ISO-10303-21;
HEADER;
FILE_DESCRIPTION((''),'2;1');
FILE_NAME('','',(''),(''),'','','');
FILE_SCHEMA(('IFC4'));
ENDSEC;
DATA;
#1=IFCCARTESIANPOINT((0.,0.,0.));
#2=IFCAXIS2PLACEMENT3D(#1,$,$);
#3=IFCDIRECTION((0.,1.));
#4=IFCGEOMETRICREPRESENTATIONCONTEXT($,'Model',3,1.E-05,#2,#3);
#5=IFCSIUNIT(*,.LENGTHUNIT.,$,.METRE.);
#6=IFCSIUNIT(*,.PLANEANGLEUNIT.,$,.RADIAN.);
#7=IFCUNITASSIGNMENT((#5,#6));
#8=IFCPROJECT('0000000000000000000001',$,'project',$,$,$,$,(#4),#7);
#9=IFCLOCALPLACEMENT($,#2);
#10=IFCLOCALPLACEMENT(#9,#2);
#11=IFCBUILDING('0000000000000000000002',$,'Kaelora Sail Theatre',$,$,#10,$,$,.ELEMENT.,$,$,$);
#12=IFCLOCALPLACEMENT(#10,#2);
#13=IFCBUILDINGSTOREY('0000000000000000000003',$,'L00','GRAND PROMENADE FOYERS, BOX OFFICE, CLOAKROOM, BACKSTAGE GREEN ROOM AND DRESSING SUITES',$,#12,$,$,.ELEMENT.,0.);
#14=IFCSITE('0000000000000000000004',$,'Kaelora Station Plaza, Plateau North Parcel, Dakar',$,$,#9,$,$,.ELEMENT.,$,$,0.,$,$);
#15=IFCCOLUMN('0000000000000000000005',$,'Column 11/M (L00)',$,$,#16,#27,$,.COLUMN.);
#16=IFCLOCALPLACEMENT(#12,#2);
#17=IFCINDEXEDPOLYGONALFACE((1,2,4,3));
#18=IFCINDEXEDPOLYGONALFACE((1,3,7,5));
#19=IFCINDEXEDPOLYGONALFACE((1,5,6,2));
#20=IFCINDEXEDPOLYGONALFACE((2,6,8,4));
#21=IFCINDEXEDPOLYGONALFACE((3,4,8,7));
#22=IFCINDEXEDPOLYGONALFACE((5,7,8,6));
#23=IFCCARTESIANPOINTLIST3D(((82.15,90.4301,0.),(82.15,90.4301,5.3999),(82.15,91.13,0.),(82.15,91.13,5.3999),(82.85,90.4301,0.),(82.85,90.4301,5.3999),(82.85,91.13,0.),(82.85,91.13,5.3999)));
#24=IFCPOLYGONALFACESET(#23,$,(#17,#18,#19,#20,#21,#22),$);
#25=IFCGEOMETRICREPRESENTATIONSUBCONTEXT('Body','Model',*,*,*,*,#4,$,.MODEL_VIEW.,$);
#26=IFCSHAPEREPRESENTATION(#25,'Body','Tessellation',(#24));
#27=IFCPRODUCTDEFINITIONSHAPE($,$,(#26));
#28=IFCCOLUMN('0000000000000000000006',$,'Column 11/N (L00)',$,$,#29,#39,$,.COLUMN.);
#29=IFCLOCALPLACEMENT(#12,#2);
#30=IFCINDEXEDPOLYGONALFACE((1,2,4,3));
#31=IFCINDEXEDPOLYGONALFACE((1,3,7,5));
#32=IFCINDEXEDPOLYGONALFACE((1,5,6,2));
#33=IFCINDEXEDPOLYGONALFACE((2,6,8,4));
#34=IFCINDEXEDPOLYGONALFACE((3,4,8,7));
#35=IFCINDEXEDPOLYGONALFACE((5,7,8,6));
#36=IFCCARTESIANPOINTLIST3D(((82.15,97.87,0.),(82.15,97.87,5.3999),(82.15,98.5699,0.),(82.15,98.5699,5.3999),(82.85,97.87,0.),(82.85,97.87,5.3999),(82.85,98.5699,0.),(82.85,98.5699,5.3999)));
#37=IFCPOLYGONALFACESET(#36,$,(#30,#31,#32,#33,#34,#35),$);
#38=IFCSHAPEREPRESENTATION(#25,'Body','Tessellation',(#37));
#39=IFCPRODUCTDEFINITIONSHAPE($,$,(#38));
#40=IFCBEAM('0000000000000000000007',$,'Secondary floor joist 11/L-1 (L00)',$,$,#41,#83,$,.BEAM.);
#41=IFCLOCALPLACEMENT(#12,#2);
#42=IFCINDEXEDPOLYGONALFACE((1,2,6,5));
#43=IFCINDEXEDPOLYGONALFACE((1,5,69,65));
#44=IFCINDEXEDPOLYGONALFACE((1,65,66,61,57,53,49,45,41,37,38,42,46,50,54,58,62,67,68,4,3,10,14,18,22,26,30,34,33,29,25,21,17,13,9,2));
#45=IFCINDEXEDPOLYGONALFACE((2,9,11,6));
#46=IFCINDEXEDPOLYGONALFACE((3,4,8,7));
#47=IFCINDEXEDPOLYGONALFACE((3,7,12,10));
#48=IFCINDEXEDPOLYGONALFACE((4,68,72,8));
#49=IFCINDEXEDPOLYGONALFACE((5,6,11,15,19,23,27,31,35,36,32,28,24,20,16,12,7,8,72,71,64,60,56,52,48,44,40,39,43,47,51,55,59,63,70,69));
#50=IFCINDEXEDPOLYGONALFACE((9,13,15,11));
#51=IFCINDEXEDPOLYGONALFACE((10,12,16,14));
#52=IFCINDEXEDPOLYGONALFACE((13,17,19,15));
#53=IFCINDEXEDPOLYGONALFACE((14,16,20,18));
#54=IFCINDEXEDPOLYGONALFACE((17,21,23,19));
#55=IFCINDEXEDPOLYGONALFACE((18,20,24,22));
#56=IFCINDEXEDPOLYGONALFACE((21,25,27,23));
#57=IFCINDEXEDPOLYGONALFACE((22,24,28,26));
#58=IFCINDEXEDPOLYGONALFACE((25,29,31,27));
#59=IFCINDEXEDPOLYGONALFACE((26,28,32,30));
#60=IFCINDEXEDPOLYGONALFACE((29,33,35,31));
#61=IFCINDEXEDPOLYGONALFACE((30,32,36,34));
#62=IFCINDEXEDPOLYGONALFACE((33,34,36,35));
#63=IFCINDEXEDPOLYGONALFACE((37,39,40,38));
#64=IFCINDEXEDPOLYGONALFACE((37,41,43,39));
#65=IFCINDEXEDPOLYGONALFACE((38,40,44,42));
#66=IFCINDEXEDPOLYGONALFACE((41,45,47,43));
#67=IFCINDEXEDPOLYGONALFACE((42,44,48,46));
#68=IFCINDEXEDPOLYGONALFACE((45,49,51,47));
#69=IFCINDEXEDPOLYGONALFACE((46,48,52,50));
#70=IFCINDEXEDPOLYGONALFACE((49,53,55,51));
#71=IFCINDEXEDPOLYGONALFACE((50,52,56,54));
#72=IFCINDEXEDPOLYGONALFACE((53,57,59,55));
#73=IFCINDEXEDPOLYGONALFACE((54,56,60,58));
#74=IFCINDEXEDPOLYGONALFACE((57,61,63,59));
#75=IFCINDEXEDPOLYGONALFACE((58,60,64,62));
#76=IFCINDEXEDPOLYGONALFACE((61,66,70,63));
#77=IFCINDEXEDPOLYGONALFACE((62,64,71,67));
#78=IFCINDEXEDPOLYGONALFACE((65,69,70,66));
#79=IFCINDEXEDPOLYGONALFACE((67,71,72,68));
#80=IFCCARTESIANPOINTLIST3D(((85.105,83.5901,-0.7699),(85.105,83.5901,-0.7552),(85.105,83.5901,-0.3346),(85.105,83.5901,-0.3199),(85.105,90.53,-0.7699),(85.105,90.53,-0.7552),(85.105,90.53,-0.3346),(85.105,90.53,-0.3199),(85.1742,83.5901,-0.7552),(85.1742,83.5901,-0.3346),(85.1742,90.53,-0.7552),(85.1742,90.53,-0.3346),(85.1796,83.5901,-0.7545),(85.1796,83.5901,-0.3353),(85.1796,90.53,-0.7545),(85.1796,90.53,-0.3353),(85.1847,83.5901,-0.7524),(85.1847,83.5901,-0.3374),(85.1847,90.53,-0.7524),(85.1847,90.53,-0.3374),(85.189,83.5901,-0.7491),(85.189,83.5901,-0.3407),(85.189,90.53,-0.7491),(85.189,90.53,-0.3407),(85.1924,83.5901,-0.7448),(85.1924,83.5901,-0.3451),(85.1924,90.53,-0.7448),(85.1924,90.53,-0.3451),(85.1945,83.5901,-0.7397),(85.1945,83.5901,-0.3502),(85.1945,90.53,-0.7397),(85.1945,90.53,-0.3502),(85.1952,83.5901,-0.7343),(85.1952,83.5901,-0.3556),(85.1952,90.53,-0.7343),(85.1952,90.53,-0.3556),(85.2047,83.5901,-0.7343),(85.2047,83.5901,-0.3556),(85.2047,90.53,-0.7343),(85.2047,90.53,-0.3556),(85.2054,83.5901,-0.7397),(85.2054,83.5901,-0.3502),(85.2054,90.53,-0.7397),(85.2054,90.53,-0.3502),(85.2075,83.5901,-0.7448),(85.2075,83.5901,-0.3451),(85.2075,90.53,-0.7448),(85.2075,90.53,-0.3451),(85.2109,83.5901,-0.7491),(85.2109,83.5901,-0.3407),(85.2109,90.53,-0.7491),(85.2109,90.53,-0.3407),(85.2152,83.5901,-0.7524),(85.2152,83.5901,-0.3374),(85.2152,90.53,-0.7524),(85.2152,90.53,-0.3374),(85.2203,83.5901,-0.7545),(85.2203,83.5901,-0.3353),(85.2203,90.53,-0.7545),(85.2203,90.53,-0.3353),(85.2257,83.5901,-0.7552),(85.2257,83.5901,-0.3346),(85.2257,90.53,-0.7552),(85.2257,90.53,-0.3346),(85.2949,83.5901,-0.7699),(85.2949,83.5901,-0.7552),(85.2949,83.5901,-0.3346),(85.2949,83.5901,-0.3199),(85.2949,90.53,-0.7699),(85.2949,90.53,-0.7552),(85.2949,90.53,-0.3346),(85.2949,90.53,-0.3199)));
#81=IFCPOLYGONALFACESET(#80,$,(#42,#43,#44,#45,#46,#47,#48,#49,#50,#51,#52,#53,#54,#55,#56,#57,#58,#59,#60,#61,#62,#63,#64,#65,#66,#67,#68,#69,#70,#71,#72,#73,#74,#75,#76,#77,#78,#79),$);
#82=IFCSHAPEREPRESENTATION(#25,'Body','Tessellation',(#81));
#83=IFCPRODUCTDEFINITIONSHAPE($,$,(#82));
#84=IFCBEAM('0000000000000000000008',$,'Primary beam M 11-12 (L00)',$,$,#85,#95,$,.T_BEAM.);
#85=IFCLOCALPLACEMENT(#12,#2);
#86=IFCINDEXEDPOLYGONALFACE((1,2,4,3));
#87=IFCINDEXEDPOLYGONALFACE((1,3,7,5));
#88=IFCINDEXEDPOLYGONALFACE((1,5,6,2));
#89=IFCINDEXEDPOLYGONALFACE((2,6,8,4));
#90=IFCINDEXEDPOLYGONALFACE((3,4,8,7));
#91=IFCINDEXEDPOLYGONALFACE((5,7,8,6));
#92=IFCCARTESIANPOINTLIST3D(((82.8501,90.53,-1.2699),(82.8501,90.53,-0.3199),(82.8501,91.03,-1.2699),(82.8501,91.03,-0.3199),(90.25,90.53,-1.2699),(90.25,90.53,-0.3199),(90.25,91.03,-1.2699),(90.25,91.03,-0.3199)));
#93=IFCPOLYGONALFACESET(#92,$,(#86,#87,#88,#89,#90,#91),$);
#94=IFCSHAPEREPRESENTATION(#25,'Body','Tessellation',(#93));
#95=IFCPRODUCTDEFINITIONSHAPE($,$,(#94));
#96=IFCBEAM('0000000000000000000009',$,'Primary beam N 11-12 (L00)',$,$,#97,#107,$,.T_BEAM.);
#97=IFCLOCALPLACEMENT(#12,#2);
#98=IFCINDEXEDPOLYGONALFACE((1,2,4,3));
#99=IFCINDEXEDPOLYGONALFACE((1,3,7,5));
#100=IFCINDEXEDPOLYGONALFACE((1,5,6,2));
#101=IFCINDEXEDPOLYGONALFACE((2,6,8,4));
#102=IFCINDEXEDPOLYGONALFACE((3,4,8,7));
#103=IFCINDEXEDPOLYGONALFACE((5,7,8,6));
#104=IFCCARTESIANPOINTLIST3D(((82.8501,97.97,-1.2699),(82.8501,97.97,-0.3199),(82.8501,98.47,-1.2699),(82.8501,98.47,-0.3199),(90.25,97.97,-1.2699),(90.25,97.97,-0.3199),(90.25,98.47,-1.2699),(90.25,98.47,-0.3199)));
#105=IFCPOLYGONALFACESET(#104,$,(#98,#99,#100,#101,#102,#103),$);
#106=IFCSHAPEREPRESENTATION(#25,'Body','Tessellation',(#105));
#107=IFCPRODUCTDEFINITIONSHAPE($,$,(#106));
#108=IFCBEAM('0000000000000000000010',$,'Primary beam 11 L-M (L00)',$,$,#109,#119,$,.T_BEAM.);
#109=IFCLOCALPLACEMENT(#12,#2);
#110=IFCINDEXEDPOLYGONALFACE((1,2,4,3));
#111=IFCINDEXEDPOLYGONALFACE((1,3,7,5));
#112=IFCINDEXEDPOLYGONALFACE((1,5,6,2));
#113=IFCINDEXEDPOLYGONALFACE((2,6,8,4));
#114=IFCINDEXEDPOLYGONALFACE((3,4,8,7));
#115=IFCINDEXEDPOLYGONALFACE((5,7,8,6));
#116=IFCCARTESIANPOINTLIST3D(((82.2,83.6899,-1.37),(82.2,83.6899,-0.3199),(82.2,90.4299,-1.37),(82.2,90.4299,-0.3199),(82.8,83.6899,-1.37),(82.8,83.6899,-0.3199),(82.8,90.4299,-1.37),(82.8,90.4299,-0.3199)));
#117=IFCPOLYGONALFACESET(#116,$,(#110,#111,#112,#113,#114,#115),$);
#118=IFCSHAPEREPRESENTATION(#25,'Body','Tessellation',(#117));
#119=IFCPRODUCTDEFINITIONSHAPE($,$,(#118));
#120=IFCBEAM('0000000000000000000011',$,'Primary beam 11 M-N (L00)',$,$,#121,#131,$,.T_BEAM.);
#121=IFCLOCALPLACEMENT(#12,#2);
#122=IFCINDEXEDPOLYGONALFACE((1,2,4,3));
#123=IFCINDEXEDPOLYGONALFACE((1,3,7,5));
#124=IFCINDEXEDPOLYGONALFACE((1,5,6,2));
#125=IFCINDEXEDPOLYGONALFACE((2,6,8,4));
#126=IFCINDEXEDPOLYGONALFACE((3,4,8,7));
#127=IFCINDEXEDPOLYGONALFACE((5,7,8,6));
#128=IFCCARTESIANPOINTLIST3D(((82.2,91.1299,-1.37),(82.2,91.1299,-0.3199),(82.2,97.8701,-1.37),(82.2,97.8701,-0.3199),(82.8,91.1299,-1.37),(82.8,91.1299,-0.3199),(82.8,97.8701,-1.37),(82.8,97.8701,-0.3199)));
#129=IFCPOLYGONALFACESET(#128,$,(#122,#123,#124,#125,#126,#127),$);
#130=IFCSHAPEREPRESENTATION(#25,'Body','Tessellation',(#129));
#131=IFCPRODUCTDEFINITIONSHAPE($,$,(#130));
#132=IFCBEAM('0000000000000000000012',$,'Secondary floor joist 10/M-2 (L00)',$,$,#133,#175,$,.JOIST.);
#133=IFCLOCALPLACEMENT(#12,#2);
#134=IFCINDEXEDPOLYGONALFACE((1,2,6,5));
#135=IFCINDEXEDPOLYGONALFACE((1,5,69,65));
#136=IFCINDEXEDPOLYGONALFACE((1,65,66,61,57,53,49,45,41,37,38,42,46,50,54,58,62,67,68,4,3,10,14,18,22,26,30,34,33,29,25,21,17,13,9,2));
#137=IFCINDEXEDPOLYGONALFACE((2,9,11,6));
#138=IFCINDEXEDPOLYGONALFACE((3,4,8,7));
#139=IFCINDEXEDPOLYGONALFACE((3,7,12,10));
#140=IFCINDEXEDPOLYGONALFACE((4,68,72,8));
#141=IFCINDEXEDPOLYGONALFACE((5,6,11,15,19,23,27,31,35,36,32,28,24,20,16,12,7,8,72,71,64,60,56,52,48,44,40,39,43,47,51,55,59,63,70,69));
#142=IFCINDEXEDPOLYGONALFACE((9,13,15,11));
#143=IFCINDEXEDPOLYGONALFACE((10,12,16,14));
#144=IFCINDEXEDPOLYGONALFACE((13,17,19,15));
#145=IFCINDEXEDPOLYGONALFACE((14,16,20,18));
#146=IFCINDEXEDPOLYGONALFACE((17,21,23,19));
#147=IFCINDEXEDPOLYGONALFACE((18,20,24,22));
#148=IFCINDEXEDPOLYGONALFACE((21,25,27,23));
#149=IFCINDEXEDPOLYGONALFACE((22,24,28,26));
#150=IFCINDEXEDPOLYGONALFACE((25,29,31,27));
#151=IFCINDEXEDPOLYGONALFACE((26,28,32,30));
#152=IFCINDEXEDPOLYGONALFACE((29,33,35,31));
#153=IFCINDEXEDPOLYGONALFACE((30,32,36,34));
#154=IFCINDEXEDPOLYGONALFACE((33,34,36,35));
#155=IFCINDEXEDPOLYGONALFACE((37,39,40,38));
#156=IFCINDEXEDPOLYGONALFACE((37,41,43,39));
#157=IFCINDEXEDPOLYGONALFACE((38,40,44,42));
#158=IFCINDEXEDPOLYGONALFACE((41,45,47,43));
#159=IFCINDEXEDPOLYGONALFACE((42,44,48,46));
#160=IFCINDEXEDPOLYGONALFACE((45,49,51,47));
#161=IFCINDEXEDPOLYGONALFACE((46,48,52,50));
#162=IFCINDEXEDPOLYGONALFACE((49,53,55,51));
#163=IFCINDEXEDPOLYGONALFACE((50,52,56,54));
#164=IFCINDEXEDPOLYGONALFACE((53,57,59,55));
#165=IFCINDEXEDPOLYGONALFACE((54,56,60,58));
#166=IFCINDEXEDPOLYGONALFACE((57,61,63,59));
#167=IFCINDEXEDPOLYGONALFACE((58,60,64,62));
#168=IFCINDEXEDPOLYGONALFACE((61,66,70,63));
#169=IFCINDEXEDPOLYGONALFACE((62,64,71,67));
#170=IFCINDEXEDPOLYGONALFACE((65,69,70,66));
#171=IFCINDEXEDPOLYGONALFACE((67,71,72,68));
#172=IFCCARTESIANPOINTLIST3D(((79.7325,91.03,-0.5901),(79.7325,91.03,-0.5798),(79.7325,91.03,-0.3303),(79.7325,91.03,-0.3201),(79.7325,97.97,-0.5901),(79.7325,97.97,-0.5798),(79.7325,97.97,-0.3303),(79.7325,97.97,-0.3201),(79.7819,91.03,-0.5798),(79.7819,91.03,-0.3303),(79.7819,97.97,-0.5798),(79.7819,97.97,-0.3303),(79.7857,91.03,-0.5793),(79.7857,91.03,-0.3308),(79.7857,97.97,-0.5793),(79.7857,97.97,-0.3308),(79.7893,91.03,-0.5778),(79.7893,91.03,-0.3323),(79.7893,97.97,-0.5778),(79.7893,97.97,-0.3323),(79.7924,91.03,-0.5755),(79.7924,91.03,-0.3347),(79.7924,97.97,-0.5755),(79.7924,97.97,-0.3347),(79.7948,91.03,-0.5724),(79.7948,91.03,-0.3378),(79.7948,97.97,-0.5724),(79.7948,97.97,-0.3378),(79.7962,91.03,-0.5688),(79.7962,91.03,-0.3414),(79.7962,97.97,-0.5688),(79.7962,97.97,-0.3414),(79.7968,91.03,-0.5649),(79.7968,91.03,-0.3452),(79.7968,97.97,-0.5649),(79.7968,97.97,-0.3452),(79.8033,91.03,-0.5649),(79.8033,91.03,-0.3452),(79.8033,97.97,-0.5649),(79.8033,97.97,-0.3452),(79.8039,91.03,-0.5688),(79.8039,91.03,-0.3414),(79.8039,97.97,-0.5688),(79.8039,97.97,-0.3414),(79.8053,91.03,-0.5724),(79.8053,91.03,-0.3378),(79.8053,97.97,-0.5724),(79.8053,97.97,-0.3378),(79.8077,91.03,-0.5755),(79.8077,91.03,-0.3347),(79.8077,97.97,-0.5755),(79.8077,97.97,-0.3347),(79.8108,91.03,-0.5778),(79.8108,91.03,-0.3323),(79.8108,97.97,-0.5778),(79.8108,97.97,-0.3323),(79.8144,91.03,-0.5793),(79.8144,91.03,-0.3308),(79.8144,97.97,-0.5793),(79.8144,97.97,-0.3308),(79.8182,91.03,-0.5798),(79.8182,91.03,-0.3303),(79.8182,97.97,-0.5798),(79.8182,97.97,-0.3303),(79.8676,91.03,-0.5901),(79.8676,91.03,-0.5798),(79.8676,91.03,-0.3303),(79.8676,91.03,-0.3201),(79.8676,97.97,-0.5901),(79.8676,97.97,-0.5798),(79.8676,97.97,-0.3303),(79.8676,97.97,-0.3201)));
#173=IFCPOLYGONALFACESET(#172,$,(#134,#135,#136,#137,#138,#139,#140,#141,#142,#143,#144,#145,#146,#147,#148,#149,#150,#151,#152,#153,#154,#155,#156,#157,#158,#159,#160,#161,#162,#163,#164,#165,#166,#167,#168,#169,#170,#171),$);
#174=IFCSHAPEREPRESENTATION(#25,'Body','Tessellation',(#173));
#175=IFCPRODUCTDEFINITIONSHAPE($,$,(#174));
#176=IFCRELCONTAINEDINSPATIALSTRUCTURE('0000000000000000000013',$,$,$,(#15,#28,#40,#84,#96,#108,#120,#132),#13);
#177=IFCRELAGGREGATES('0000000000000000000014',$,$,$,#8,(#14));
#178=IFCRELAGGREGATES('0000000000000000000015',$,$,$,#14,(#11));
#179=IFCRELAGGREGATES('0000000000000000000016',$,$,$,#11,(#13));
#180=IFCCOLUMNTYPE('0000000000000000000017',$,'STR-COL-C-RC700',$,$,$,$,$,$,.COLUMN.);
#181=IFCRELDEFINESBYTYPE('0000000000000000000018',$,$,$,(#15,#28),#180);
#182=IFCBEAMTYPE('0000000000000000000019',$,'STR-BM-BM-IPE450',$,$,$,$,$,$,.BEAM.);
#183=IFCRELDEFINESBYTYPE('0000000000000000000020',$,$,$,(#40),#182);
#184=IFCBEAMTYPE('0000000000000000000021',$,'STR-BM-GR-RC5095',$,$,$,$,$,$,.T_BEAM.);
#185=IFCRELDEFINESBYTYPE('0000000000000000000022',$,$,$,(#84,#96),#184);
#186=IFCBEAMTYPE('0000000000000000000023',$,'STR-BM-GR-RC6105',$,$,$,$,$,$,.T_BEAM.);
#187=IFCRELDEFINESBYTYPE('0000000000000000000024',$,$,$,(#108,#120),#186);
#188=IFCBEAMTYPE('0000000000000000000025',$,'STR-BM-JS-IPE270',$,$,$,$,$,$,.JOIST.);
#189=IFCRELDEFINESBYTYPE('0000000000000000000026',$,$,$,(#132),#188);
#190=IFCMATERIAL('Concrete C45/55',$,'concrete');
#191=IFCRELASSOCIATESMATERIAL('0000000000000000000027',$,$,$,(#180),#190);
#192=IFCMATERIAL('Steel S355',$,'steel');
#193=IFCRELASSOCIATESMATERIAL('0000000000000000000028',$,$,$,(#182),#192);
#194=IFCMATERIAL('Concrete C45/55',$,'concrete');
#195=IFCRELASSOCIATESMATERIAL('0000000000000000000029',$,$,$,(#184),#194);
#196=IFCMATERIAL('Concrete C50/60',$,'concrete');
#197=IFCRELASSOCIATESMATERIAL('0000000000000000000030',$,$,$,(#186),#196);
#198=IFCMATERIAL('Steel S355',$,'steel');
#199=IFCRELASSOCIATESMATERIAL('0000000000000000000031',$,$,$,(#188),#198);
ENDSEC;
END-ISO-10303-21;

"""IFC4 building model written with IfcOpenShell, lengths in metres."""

from ifc_helpers import new_model, si_unit, direction, frame, origin, origin_2d, place, context, subcontext, project, spatial, rectangle, i_section, extrude, material, material_profile, profile_set, type_object, element, save


model = new_model("IFC4")

# Units and contexts
model_context = context("Model", 3, precision=1e-05, world=origin(), true_north=direction((0.0, 1.0)))
body_context = subcontext(model_context, "Body", "Model", "MODEL_VIEW")
ifc_project = project(units=[si_unit("LENGTHUNIT", "METRE"), si_unit("PLANEANGLEUNIT", "RADIAN")], contexts=[model_context])

# Site, building, storey
site_placement = place(None, origin())
site = spatial("IfcSite", under=ifc_project, at=site_placement, Name="Kaelora Station Plaza, Plateau North Parcel, Dakar", CompositionType="ELEMENT", RefElevation=0.0)
building_placement = place(site_placement, origin())
building = spatial("IfcBuilding", under=site, at=building_placement, Name="Kaelora Sail Theatre", CompositionType="ELEMENT")
storey_placement = place(building_placement, origin())
storey = spatial("IfcBuildingStorey", under=building, at=storey_placement, Name="L00", Description="GRAND PROMENADE FOYERS, BOX OFFICE, CLOAKROOM, BACKSTAGE GREEN ROOM AND DRESSING SUITES", CompositionType="ELEMENT", Elevation=0.0)

# Columns
ifc_material_1 = material(Name="Concrete C45/55", Category="concrete")
ifc_material_profile_1 = material_profile(ifc_material_1, rectangle(XDim=0.7, YDim=0.7, at=origin_2d()), Name="RC-COL 700x700")
ifc_profile_set_1 = profile_set([ifc_material_profile_1], Name="Concrete C45/55")
column_type = type_object("IfcColumnType", Name="STR-COL-C-RC700", PredefinedType="COLUMN", material=ifc_profile_set_1)
for number, where, z_axis, x_axis, name in (
    (1, (82.5, 90.78, 0.0), (0.0, 0.0, 1.0), (1.0, 0.0, 0.0), "Column 11/M (L00)"),
    (2, (82.5, 98.22, 0.0), (0.0, 0.0, 1.0), (1.0, 0.0, 0.0), "Column 11/N (L00)"),
):
    element("IfcColumn", number, at=place(storey_placement, frame(where, z_axis=z_axis, x_axis=x_axis)), inside=storey, type_object=column_type, Name=name, PredefinedType="COLUMN", context=body_context, shape_type="SweptSolid", body=[
        extrude(rectangle(XDim=0.7, YDim=0.7, at=origin_2d()), origin(), (0.0, 0.0, 1.0), 5.3999),
    ])

# Beams
ifc_material_2 = material(Name="Steel S355", Category="steel")
ifc_material_profile_2 = material_profile(ifc_material_2, i_section(OverallWidth=0.1899, OverallDepth=0.45, WebThickness=0.0095, FlangeThickness=0.0146, FilletRadius=0.021, at=origin_2d()), Name="IPE 450")
ifc_profile_set_2 = profile_set([ifc_material_profile_2], Name="Steel S355")
beam_type_1 = type_object("IfcBeamType", Name="STR-BM-BM-IPE450", PredefinedType="BEAM", material=ifc_profile_set_2)
beam_1_placement = place(storey_placement, frame((85.2, 83.5901, -0.5449), z_axis=(0.0, 1.0, 0.0), x_axis=(-1.0, 0.0, 0.0)))
element("IfcBeam", 3, at=beam_1_placement, inside=storey, type_object=beam_type_1, Name="Secondary floor joist 11/L-1 (L00)", PredefinedType="BEAM", context=body_context, shape_type="SweptSolid", body=[
    extrude(i_section(OverallWidth=0.1899, OverallDepth=0.45, WebThickness=0.0095, FlangeThickness=0.0146, FilletRadius=0.021, at=origin_2d()), origin(), (0.0, 0.0, 1.0), 6.9399),
])
ifc_material_3 = material(Name="Concrete C45/55", Category="concrete")
ifc_material_profile_3 = material_profile(ifc_material_3, rectangle(XDim=0.5, YDim=0.95, at=origin_2d()), Name="RC-GRD 500x950")
ifc_profile_set_3 = profile_set([ifc_material_profile_3], Name="Concrete C45/55")
beam_type_2 = type_object("IfcBeamType", Name="STR-BM-GR-RC5095", PredefinedType="T_BEAM", material=ifc_profile_set_3)
for number, where, z_axis, x_axis, name in (
    (4, (82.8501, 90.78, -0.7949), (1.0, 0.0, 0.0), (0.0, 1.0, 0.0), "Primary beam M 11-12 (L00)"),
    (5, (82.8501, 98.22, -0.7949), (1.0, 0.0, 0.0), (0.0, 1.0, 0.0), "Primary beam N 11-12 (L00)"),
):
    element("IfcBeam", number, at=place(storey_placement, frame(where, z_axis=z_axis, x_axis=x_axis)), inside=storey, type_object=beam_type_2, Name=name, PredefinedType="T_BEAM", context=body_context, shape_type="SweptSolid", body=[
        extrude(rectangle(XDim=0.5, YDim=0.95, at=origin_2d()), origin(), (0.0, 0.0, 1.0), 7.3999),
    ])
ifc_material_4 = material(Name="Concrete C50/60", Category="concrete")
ifc_material_profile_4 = material_profile(ifc_material_4, rectangle(XDim=0.6001, YDim=1.05, at=origin_2d()), Name="RC-GRD 600x1050")
ifc_profile_set_4 = profile_set([ifc_material_profile_4], Name="Concrete C50/60")
beam_type_3 = type_object("IfcBeamType", Name="STR-BM-GR-RC6105", PredefinedType="T_BEAM", material=ifc_profile_set_4)
beam_2_placement = place(storey_placement, frame((82.5, 83.6899, -0.845), z_axis=(0.0, 1.0, 0.0), x_axis=(-1.0, 0.0, 0.0)))
element("IfcBeam", 6, at=beam_2_placement, inside=storey, type_object=beam_type_3, Name="Primary beam 11 L-M (L00)", PredefinedType="T_BEAM", context=body_context, shape_type="SweptSolid", body=[
    extrude(rectangle(XDim=0.6001, YDim=1.05, at=origin_2d()), origin(), (0.0, 0.0, 1.0), 6.74),
])
beam_3_placement = place(storey_placement, frame((82.5, 91.1299, -0.845), z_axis=(0.0, 1.0, 0.0), x_axis=(-1.0, 0.0, 0.0)))
element("IfcBeam", 7, at=beam_3_placement, inside=storey, type_object=beam_type_3, Name="Primary beam 11 M-N (L00)", PredefinedType="T_BEAM", context=body_context, shape_type="SweptSolid", body=[
    extrude(rectangle(XDim=0.6001, YDim=1.05, at=origin_2d()), origin(), (0.0, 0.0, 1.0), 6.7402),
])
ifc_material_5 = material(Name="Steel S355", Category="steel")
ifc_material_profile_5 = material_profile(ifc_material_5, i_section(OverallWidth=0.135, OverallDepth=0.27, WebThickness=0.0066, FlangeThickness=0.0103, FilletRadius=0.0149, at=origin_2d()), Name="IPE 270")
ifc_profile_set_5 = profile_set([ifc_material_profile_5], Name="Steel S355")
beam_type_4 = type_object("IfcBeamType", Name="STR-BM-JS-IPE270", PredefinedType="JOIST", material=ifc_profile_set_5)
for number, where, z_axis, x_axis, name in (
    (8, (79.8, 91.03, -0.4551), (0.0, 1.0, 0.0), (-1.0, 0.0, 0.0), "Secondary floor joist 10/M-2 (L00)"),
):
    element("IfcBeam", number, at=place(storey_placement, frame(where, z_axis=z_axis, x_axis=x_axis)), inside=storey, type_object=beam_type_4, Name=name, PredefinedType="JOIST", context=body_context, shape_type="SweptSolid", body=[
        extrude(i_section(OverallWidth=0.135, OverallDepth=0.27, WebThickness=0.0066, FlangeThickness=0.0103, FilletRadius=0.0149, at=origin_2d()), origin(), (0.0, 0.0, 1.0), 6.9399),
    ])

save(model, "model.ifc")
